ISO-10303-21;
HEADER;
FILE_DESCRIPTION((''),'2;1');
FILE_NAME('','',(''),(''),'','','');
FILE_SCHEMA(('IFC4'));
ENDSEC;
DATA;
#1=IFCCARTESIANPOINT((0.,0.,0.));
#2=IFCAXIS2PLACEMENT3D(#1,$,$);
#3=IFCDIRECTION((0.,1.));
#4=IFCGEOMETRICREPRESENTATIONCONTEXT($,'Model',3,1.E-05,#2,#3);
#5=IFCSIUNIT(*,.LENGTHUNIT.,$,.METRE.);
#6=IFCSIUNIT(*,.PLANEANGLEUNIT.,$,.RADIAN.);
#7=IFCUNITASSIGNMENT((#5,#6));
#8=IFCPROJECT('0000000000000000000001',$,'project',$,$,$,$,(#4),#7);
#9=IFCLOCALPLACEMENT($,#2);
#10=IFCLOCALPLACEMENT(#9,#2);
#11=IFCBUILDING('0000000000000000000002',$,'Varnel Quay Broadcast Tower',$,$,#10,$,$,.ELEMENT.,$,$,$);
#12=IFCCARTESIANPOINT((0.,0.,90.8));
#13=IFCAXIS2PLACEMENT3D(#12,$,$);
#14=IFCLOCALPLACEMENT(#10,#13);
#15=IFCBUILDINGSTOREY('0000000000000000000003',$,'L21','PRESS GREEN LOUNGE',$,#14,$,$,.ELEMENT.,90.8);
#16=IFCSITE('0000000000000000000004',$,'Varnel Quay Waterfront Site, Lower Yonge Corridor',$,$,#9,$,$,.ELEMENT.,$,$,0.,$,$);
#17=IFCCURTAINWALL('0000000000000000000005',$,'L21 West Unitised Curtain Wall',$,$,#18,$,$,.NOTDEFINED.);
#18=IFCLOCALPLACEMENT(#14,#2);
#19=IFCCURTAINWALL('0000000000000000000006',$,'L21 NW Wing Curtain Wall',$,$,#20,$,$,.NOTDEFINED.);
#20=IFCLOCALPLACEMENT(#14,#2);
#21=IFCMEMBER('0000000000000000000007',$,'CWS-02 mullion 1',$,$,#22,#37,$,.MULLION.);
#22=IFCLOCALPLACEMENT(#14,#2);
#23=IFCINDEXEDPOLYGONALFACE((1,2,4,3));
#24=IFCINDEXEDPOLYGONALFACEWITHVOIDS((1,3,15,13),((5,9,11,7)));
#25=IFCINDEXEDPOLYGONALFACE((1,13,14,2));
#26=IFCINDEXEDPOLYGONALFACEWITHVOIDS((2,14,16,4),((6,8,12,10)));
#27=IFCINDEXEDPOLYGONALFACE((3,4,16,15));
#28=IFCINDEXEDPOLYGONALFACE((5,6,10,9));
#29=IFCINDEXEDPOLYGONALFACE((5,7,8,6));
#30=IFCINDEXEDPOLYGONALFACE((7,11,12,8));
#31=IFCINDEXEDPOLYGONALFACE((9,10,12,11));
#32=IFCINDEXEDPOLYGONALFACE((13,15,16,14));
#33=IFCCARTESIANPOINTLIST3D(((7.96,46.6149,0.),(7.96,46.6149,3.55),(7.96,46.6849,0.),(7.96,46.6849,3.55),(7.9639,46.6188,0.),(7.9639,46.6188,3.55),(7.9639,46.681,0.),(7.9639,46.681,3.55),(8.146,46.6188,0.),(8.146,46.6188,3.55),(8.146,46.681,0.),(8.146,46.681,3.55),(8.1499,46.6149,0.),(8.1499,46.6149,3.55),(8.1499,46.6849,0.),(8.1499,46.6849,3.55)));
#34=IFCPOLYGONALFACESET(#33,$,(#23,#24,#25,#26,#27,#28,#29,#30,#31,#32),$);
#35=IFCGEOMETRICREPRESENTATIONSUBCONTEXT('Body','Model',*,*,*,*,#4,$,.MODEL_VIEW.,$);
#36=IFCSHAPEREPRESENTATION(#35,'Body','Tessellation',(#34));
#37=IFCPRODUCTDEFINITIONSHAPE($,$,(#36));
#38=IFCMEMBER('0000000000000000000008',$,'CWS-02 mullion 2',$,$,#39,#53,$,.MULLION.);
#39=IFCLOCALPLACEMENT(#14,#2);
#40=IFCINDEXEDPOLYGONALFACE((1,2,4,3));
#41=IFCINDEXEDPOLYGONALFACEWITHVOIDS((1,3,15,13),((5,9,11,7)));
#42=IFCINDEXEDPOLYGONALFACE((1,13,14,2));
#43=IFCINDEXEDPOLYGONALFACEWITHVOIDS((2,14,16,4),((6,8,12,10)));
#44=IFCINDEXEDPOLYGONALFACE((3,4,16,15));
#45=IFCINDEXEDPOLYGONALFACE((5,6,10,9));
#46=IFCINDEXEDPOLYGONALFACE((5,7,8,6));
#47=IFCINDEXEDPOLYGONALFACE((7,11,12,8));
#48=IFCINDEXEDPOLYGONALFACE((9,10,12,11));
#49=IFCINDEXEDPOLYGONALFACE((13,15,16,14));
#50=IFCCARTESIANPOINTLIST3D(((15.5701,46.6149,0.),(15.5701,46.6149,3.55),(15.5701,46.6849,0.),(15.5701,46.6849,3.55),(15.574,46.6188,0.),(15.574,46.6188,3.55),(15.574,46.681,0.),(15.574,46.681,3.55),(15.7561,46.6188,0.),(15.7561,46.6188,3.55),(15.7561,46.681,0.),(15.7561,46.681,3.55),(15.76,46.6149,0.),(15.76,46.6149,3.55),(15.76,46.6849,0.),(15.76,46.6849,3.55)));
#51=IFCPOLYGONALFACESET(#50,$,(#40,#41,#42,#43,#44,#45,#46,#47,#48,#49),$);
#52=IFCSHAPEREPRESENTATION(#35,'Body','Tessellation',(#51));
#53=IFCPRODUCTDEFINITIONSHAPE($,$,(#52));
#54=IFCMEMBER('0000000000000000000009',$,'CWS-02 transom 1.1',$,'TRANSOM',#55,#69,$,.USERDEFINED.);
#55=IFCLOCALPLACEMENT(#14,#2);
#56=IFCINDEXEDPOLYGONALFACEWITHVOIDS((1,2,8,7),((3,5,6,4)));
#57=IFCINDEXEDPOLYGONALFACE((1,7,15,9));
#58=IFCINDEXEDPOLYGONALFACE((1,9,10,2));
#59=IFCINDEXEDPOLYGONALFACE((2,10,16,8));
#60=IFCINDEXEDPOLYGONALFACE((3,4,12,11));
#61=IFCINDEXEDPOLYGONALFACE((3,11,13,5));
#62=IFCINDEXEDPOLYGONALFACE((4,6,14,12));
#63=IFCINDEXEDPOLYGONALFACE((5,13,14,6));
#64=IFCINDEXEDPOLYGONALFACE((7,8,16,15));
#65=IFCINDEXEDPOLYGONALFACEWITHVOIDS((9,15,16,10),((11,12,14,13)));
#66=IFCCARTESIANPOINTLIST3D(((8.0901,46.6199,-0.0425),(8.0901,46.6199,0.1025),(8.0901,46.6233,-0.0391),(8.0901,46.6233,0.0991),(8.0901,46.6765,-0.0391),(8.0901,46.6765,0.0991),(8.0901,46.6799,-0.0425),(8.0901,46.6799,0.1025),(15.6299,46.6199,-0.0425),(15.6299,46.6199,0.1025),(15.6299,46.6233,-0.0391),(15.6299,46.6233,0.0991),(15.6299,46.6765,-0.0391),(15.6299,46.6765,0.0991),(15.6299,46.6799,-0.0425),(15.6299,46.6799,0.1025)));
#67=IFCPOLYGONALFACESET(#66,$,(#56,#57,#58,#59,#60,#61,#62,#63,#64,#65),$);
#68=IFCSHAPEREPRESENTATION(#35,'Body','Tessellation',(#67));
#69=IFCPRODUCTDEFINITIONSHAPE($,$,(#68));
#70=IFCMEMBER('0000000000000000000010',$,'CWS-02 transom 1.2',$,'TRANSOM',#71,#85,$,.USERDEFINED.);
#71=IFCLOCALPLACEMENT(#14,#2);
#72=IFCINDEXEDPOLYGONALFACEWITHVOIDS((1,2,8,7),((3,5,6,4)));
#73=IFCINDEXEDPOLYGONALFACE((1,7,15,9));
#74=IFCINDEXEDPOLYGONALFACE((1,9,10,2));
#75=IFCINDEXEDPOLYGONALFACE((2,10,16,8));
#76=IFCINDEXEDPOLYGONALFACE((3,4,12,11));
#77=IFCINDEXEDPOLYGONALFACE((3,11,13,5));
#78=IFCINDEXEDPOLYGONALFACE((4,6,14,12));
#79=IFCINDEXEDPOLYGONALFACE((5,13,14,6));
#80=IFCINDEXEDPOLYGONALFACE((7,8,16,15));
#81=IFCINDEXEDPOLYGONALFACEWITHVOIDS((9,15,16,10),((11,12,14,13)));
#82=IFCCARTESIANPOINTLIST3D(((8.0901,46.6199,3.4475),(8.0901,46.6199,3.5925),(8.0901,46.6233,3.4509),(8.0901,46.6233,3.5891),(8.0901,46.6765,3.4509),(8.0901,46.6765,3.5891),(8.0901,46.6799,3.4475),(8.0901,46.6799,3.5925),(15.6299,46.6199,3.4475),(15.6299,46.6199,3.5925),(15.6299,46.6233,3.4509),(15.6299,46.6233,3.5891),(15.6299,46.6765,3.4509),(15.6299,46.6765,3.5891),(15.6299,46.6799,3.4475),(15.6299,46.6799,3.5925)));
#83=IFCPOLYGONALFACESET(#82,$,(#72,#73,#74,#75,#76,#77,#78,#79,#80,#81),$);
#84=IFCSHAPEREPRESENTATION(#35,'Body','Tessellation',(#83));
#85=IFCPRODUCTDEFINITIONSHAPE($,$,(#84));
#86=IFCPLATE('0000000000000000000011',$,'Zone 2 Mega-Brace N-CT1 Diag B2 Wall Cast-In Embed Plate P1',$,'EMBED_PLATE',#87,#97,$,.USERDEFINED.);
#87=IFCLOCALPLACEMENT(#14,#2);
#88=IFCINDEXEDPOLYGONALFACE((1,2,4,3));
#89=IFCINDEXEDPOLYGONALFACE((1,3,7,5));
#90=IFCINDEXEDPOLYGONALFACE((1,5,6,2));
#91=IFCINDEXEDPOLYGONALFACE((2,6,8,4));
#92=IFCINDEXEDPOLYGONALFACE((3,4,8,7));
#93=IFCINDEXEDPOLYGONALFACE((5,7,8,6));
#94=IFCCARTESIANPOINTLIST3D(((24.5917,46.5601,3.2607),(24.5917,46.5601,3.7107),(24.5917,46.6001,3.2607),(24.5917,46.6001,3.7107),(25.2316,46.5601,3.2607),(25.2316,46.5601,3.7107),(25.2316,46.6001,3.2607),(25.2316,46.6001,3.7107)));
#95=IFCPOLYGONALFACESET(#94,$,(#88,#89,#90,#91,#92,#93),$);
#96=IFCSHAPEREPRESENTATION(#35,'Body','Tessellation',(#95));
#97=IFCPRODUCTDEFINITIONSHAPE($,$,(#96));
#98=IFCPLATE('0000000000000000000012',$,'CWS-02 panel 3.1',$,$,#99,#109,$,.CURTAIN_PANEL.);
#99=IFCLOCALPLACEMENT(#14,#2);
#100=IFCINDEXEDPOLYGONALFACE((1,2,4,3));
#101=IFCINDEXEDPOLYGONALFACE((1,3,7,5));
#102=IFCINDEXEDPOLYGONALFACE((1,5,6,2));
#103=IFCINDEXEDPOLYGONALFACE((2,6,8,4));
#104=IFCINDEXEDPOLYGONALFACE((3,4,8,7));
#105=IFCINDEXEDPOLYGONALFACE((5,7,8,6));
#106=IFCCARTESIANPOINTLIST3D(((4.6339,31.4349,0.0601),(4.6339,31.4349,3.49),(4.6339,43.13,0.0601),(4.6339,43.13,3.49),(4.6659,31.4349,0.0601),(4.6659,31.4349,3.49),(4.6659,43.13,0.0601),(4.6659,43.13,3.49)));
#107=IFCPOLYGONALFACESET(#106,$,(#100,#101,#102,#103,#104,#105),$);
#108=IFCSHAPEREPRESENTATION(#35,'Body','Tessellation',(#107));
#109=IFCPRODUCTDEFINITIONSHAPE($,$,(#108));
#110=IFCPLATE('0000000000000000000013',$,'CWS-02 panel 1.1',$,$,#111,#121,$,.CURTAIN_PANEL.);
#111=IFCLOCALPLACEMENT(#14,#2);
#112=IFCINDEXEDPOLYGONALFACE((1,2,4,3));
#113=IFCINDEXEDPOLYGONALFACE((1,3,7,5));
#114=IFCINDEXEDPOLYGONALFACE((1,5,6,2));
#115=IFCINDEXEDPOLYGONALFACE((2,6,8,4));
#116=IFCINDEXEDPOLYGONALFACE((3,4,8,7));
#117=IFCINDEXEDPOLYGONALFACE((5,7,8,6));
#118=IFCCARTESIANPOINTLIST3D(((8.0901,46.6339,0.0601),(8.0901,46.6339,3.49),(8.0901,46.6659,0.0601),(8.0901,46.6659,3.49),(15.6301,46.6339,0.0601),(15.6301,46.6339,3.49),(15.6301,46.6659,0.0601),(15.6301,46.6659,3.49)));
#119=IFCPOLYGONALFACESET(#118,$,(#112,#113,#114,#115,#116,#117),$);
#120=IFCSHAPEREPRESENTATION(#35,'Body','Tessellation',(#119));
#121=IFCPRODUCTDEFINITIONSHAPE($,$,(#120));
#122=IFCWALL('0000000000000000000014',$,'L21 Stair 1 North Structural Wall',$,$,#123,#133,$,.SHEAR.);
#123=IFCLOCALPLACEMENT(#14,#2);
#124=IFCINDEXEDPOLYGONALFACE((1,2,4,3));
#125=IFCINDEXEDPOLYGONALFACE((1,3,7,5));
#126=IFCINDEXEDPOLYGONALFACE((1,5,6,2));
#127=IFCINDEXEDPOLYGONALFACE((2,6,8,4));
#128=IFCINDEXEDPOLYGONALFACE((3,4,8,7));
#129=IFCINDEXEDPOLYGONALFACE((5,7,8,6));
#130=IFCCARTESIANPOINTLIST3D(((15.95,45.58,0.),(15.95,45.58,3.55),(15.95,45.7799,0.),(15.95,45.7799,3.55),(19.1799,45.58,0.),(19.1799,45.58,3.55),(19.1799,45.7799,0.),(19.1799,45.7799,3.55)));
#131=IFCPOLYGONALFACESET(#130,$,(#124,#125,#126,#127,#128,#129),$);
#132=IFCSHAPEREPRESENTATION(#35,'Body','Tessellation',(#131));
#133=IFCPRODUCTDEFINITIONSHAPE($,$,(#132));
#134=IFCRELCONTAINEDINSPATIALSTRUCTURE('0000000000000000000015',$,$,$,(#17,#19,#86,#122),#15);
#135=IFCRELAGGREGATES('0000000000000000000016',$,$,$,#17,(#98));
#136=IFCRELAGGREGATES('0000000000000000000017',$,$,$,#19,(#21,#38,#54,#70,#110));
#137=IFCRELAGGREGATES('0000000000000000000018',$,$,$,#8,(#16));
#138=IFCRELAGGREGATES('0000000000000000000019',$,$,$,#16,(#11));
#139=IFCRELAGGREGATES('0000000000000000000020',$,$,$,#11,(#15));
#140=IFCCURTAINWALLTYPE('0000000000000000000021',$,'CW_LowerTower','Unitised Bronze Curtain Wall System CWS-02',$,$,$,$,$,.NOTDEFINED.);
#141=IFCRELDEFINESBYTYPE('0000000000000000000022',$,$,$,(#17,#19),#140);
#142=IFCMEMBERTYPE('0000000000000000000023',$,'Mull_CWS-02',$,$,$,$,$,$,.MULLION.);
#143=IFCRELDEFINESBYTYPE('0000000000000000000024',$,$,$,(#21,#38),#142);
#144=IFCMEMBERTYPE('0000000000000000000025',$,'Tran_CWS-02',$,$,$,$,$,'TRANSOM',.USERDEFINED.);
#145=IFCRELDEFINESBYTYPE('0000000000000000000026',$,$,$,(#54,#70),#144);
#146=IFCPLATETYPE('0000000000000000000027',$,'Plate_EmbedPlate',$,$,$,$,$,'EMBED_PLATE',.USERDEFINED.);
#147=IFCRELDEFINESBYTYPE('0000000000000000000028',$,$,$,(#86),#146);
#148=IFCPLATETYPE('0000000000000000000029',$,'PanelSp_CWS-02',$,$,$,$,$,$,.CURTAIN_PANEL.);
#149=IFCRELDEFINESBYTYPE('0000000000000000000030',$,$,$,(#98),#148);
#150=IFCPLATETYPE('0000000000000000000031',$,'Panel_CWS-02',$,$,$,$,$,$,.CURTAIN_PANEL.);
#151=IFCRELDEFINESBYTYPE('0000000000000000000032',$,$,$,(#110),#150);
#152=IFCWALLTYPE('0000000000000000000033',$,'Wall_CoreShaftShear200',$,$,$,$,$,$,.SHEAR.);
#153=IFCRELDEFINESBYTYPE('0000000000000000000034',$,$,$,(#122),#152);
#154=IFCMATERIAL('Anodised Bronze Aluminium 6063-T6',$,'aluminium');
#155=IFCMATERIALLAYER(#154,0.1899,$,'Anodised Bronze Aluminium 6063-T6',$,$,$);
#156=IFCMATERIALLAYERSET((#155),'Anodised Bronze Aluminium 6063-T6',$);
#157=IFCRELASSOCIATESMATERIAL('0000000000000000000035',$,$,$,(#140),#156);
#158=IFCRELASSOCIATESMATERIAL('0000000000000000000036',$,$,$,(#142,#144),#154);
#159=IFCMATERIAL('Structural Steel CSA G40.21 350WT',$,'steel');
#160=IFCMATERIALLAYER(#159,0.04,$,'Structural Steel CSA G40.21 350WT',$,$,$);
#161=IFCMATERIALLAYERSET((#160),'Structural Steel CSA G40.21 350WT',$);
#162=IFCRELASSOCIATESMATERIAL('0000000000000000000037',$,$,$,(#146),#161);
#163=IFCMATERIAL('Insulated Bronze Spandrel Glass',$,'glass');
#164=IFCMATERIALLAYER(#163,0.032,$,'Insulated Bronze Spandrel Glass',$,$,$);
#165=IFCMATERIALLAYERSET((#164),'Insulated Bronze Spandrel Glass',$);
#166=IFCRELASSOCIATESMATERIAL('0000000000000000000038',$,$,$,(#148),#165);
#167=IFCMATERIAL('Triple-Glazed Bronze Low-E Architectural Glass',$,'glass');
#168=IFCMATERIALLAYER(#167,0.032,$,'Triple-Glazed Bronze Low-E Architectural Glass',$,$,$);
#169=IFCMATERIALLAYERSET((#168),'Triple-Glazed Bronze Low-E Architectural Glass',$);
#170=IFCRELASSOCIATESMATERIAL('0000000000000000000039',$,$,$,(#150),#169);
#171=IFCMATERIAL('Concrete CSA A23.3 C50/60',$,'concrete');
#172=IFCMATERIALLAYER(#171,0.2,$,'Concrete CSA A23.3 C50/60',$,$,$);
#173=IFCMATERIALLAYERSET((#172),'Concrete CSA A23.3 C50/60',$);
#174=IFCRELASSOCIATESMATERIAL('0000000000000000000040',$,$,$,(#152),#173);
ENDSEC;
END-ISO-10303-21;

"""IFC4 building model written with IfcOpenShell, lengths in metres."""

from ifc_helpers import new_model, si_unit, direction, frame, frame_2d, origin, origin_2d, place, context, subcontext, project, spatial, rectangle, hollow_rectangle, extrude, source, transform, mapped, material, layer, layer_set, material_profile, profile_set, type_object, type_shapes, element, aggregate, save


model = new_model("IFC4")

# Units and contexts
model_context = context("Model", 3, precision=1e-05, world=origin(), true_north=direction((0.0, 1.0)))
body_context = subcontext(model_context, "Body", "Model", "MODEL_VIEW")
ifc_project = project(units=[si_unit("LENGTHUNIT", "METRE"), si_unit("PLANEANGLEUNIT", "RADIAN")], contexts=[model_context])

# Site, building, storey
site_placement = place(None, origin())
site = spatial("IfcSite", under=ifc_project, at=site_placement, Name="Varnel Quay Waterfront Site, Lower Yonge Corridor", CompositionType="ELEMENT", RefElevation=0.0)
building_placement = place(site_placement, origin())
building = spatial("IfcBuilding", under=site, at=building_placement, Name="Varnel Quay Broadcast Tower", CompositionType="ELEMENT")
storey_placement = place(building_placement, frame((0.0, 0.0, 90.8)))
storey = spatial("IfcBuildingStorey", under=building, at=storey_placement, Name="L21", Description="PRESS GREEN LOUNGE", CompositionType="ELEMENT", Elevation=90.8)

# Shared definitions
ifc_material_1 = material(Name="Structural Steel CSA G40.21 350WT", Category="steel")

# Curtain wall
ifc_material_2 = material(Name="Anodised Bronze Aluminium 6063-T6", Category="aluminium")
ifc_layer_1 = layer(ifc_material_2, 0.1899, Name="Anodised Bronze Aluminium 6063-T6")
ifc_layer_set_1 = layer_set([ifc_layer_1], Name="Anodised Bronze Aluminium 6063-T6")
curtain_wall_type = type_object("IfcCurtainWallType", Name="CW_LowerTower", Description="Unitised Bronze Curtain Wall System CWS-02", PredefinedType="NOTDEFINED", material=ifc_layer_set_1)
curtain_wall_1_placement = place(storey_placement, origin())
curtain_wall_1 = element("IfcCurtainWall", 1, at=curtain_wall_1_placement, inside=storey, type_object=curtain_wall_type, Name="L21 West Unitised Curtain Wall", PredefinedType="NOTDEFINED")
ifc_material_profile_1 = material_profile(ifc_material_2, hollow_rectangle(XDim=0.0701, YDim=0.1899, WallThickness=0.0039, at=origin_2d()), Name="ALU70X190X4")
ifc_profile_set_1 = profile_set([ifc_material_profile_1], Name="Anodised Bronze Aluminium 6063-T6")
member_type_1 = type_object("IfcMemberType", Name="Mull_CWS-02", PredefinedType="MULLION", material=ifc_profile_set_1)
shared_shape_1 = source(origin(), body_context, "Body", "SweptSolid", [
    extrude(hollow_rectangle(XDim=0.0701, YDim=0.1899, WallThickness=0.0039, at=origin_2d()), origin(), (0.0, 0.0, 1.0), 3.55),
])
type_shapes(member_type_1, [shared_shape_1])

# Curtain wall, members
curtain_wall_2_placement = place(storey_placement, origin())
curtain_wall_2 = element("IfcCurtainWall", 2, at=curtain_wall_2_placement, inside=storey, type_object=curtain_wall_type, Name="L21 NW Wing Curtain Wall", PredefinedType="NOTDEFINED")
member_1_placement = place(storey_placement, frame((8.0549, 46.6499, 0.0), z_axis=(0.0, 0.0, 1.0), x_axis=(0.0, 1.0, 0.0)))
member_1 = element("IfcMember", 3, at=member_1_placement, type_object=member_type_1, Name="CWS-02 mullion 1", PredefinedType="MULLION", context=body_context, shape_type="MappedRepresentation", body=[
    mapped(shared_shape_1, transform((0.0, 0.0, 0.0), x_axis=(1.0, 0.0, 0.0), y_axis=(0.0, 1.0, 0.0), z_axis=(0.0, 0.0, 1.0), scale=1.0)),
])
member_2_placement = place(storey_placement, frame((15.665, 46.6499, 0.0), z_axis=(0.0, 0.0, 1.0), x_axis=(0.0, 1.0, 0.0)))
member_2 = element("IfcMember", 4, at=member_2_placement, type_object=member_type_1, Name="CWS-02 mullion 2", PredefinedType="MULLION", context=body_context, shape_type="MappedRepresentation", body=[
    mapped(shared_shape_1, transform((0.0, 0.0, 0.0), x_axis=(1.0, 0.0, 0.0), y_axis=(0.0, 1.0, 0.0), z_axis=(0.0, 0.0, 1.0), scale=1.0)),
])
ifc_material_profile_2 = material_profile(ifc_material_2, hollow_rectangle(XDim=0.0601, YDim=0.145, WallThickness=0.0034, at=origin_2d()), Name="ALU60X145X3.5")
ifc_profile_set_2 = profile_set([ifc_material_profile_2], Name="Anodised Bronze Aluminium 6063-T6")
member_type_2 = type_object("IfcMemberType", Name="Tran_CWS-02", ElementType="TRANSOM", PredefinedType="USERDEFINED", material=ifc_profile_set_2)
shared_shape_2 = source(origin(), body_context, "Body", "SweptSolid", [
    extrude(hollow_rectangle(XDim=0.0601, YDim=0.145, WallThickness=0.0034, at=origin_2d()), origin(), (0.0, 0.0, 1.0), 7.5398),
])
type_shapes(member_type_2, [shared_shape_2])
member_3_placement = place(storey_placement, frame((8.0901, 46.6499, 0.03), z_axis=(1.0, 0.0, 0.0), x_axis=(0.0, 1.0, 0.0)))
member_3 = element("IfcMember", 5, at=member_3_placement, type_object=member_type_2, Name="CWS-02 transom 1.1", ObjectType="TRANSOM", PredefinedType="USERDEFINED", context=body_context, shape_type="MappedRepresentation", body=[
    mapped(shared_shape_2, transform((0.0, 0.0, 0.0), x_axis=(1.0, 0.0, 0.0), y_axis=(0.0, 1.0, 0.0), z_axis=(0.0, 0.0, 1.0), scale=1.0)),
])
member_4_placement = place(storey_placement, frame((8.0901, 46.6499, 3.52), z_axis=(1.0, 0.0, 0.0), x_axis=(0.0, 1.0, 0.0)))
member_4 = element("IfcMember", 6, at=member_4_placement, type_object=member_type_2, Name="CWS-02 transom 1.2", ObjectType="TRANSOM", PredefinedType="USERDEFINED", context=body_context, shape_type="MappedRepresentation", body=[
    mapped(shared_shape_2, transform((0.0, 0.0, 0.0), x_axis=(1.0, 0.0, 0.0), y_axis=(0.0, 1.0, 0.0), z_axis=(0.0, 0.0, 1.0), scale=1.0)),
])

# Plates
ifc_layer_2 = layer(ifc_material_1, 0.04, Name="Structural Steel CSA G40.21 350WT")
ifc_layer_set_2 = layer_set([ifc_layer_2], Name="Structural Steel CSA G40.21 350WT")
plate_type_1 = type_object("IfcPlateType", Name="Plate_EmbedPlate", ElementType="EMBED_PLATE", PredefinedType="USERDEFINED", material=ifc_layer_set_2)
shared_shape_3 = source(origin(), body_context, "Body", "SweptSolid", [
    extrude(rectangle(XDim=0.6399, YDim=0.04, at=origin_2d()), origin(), (0.0, 0.0, 1.0), 0.45),
])
type_shapes(plate_type_1, [shared_shape_3])
plate_1_placement = place(storey_placement, frame((24.9116, 46.5801, 3.2607), z_axis=(0.0, 0.0, 1.0), x_axis=(1.0, 0.0, 0.0)))
element("IfcPlate", 7, at=plate_1_placement, inside=storey, type_object=plate_type_1, Name="Zone 2 Mega-Brace N-CT1 Diag B2 Wall Cast-In Embed Plate P1", ObjectType="EMBED_PLATE", PredefinedType="USERDEFINED", context=body_context, shape_type="MappedRepresentation", body=[
    mapped(shared_shape_3, transform((0.0, 0.0, 0.0), x_axis=(1.0, 0.0, 0.0), y_axis=(0.0, 1.0, 0.0), z_axis=(0.0, 0.0, 1.0), scale=1.0)),
])
ifc_material_3 = material(Name="Insulated Bronze Spandrel Glass", Category="glass")
ifc_layer_3 = layer(ifc_material_3, 0.032, Name="Insulated Bronze Spandrel Glass")
ifc_layer_set_3 = layer_set([ifc_layer_3], Name="Insulated Bronze Spandrel Glass")
plate_type_2 = type_object("IfcPlateType", Name="PanelSp_CWS-02", PredefinedType="CURTAIN_PANEL", material=ifc_layer_set_3)
shared_shape_4 = source(origin(), body_context, "Body", "SweptSolid", [
    extrude(rectangle(XDim=11.6951, YDim=0.032, at=origin_2d()), origin(), (0.0, 0.0, 1.0), 3.4299),
])
type_shapes(plate_type_2, [shared_shape_4])
plate_2_placement = place(storey_placement, frame((4.6499, 37.2825, 0.0601), z_axis=(0.0, 0.0, 1.0), x_axis=(0.0, 1.0, 0.0)))
plate_2 = element("IfcPlate", 8, at=plate_2_placement, type_object=plate_type_2, Name="CWS-02 panel 3.1", PredefinedType="CURTAIN_PANEL", context=body_context, shape_type="MappedRepresentation", body=[
    mapped(shared_shape_4, transform((0.0, 0.0, 0.0), x_axis=(1.0, 0.0, 0.0), y_axis=(0.0, 1.0, 0.0), z_axis=(0.0, 0.0, 1.0), scale=1.0)),
])
aggregate(curtain_wall_1, [plate_2])
ifc_material_4 = material(Name="Triple-Glazed Bronze Low-E Architectural Glass", Category="glass")
ifc_layer_4 = layer(ifc_material_4, 0.032, Name="Triple-Glazed Bronze Low-E Architectural Glass")
ifc_layer_set_4 = layer_set([ifc_layer_4], Name="Triple-Glazed Bronze Low-E Architectural Glass")
plate_type_3 = type_object("IfcPlateType", Name="Panel_CWS-02", PredefinedType="CURTAIN_PANEL", material=ifc_layer_set_4)
shared_shape_5 = source(origin(), body_context, "Body", "SweptSolid", [
    extrude(rectangle(XDim=7.54, YDim=0.032, at=origin_2d()), origin(), (0.0, 0.0, 1.0), 3.4299),
])
type_shapes(plate_type_3, [shared_shape_5])
plate_3_placement = place(storey_placement, frame((11.8601, 46.6499, 0.0601), z_axis=(0.0, 0.0, 1.0), x_axis=(1.0, 0.0, 0.0)))
plate_3 = element("IfcPlate", 9, at=plate_3_placement, type_object=plate_type_3, Name="CWS-02 panel 1.1", PredefinedType="CURTAIN_PANEL", context=body_context, shape_type="MappedRepresentation", body=[
    mapped(shared_shape_5, transform((0.0, 0.0, 0.0), x_axis=(1.0, 0.0, 0.0), y_axis=(0.0, 1.0, 0.0), z_axis=(0.0, 0.0, 1.0), scale=1.0)),
])
aggregate(curtain_wall_2, [member_1, member_2, member_3, member_4, plate_3])

# Wall
ifc_material_5 = material(Name="Concrete CSA A23.3 C50/60", Category="concrete")
ifc_layer_5 = layer(ifc_material_5, 0.2, Name="Concrete CSA A23.3 C50/60")
ifc_layer_set_5 = layer_set([ifc_layer_5], Name="Concrete CSA A23.3 C50/60")
wall_type_1 = type_object("IfcWallType", Name="Wall_CoreShaftShear200", PredefinedType="SHEAR", material=ifc_layer_set_5)
wall_1_placement = place(storey_placement, frame((15.95, 45.6799, 0.0), z_axis=(0.0, 0.0, 1.0), x_axis=(1.0, 0.0, 0.0)))
element("IfcWall", 10, at=wall_1_placement, inside=storey, type_object=wall_type_1, Name="L21 Stair 1 North Structural Wall", PredefinedType="SHEAR", context=body_context, shape_type="SweptSolid", body=[
    extrude(rectangle(XDim=3.23, YDim=0.2, at=frame_2d((1.615, 0.0))), origin(), (0.0, 0.0, 1.0), 3.55),
])

save(model, "model.ifc")
